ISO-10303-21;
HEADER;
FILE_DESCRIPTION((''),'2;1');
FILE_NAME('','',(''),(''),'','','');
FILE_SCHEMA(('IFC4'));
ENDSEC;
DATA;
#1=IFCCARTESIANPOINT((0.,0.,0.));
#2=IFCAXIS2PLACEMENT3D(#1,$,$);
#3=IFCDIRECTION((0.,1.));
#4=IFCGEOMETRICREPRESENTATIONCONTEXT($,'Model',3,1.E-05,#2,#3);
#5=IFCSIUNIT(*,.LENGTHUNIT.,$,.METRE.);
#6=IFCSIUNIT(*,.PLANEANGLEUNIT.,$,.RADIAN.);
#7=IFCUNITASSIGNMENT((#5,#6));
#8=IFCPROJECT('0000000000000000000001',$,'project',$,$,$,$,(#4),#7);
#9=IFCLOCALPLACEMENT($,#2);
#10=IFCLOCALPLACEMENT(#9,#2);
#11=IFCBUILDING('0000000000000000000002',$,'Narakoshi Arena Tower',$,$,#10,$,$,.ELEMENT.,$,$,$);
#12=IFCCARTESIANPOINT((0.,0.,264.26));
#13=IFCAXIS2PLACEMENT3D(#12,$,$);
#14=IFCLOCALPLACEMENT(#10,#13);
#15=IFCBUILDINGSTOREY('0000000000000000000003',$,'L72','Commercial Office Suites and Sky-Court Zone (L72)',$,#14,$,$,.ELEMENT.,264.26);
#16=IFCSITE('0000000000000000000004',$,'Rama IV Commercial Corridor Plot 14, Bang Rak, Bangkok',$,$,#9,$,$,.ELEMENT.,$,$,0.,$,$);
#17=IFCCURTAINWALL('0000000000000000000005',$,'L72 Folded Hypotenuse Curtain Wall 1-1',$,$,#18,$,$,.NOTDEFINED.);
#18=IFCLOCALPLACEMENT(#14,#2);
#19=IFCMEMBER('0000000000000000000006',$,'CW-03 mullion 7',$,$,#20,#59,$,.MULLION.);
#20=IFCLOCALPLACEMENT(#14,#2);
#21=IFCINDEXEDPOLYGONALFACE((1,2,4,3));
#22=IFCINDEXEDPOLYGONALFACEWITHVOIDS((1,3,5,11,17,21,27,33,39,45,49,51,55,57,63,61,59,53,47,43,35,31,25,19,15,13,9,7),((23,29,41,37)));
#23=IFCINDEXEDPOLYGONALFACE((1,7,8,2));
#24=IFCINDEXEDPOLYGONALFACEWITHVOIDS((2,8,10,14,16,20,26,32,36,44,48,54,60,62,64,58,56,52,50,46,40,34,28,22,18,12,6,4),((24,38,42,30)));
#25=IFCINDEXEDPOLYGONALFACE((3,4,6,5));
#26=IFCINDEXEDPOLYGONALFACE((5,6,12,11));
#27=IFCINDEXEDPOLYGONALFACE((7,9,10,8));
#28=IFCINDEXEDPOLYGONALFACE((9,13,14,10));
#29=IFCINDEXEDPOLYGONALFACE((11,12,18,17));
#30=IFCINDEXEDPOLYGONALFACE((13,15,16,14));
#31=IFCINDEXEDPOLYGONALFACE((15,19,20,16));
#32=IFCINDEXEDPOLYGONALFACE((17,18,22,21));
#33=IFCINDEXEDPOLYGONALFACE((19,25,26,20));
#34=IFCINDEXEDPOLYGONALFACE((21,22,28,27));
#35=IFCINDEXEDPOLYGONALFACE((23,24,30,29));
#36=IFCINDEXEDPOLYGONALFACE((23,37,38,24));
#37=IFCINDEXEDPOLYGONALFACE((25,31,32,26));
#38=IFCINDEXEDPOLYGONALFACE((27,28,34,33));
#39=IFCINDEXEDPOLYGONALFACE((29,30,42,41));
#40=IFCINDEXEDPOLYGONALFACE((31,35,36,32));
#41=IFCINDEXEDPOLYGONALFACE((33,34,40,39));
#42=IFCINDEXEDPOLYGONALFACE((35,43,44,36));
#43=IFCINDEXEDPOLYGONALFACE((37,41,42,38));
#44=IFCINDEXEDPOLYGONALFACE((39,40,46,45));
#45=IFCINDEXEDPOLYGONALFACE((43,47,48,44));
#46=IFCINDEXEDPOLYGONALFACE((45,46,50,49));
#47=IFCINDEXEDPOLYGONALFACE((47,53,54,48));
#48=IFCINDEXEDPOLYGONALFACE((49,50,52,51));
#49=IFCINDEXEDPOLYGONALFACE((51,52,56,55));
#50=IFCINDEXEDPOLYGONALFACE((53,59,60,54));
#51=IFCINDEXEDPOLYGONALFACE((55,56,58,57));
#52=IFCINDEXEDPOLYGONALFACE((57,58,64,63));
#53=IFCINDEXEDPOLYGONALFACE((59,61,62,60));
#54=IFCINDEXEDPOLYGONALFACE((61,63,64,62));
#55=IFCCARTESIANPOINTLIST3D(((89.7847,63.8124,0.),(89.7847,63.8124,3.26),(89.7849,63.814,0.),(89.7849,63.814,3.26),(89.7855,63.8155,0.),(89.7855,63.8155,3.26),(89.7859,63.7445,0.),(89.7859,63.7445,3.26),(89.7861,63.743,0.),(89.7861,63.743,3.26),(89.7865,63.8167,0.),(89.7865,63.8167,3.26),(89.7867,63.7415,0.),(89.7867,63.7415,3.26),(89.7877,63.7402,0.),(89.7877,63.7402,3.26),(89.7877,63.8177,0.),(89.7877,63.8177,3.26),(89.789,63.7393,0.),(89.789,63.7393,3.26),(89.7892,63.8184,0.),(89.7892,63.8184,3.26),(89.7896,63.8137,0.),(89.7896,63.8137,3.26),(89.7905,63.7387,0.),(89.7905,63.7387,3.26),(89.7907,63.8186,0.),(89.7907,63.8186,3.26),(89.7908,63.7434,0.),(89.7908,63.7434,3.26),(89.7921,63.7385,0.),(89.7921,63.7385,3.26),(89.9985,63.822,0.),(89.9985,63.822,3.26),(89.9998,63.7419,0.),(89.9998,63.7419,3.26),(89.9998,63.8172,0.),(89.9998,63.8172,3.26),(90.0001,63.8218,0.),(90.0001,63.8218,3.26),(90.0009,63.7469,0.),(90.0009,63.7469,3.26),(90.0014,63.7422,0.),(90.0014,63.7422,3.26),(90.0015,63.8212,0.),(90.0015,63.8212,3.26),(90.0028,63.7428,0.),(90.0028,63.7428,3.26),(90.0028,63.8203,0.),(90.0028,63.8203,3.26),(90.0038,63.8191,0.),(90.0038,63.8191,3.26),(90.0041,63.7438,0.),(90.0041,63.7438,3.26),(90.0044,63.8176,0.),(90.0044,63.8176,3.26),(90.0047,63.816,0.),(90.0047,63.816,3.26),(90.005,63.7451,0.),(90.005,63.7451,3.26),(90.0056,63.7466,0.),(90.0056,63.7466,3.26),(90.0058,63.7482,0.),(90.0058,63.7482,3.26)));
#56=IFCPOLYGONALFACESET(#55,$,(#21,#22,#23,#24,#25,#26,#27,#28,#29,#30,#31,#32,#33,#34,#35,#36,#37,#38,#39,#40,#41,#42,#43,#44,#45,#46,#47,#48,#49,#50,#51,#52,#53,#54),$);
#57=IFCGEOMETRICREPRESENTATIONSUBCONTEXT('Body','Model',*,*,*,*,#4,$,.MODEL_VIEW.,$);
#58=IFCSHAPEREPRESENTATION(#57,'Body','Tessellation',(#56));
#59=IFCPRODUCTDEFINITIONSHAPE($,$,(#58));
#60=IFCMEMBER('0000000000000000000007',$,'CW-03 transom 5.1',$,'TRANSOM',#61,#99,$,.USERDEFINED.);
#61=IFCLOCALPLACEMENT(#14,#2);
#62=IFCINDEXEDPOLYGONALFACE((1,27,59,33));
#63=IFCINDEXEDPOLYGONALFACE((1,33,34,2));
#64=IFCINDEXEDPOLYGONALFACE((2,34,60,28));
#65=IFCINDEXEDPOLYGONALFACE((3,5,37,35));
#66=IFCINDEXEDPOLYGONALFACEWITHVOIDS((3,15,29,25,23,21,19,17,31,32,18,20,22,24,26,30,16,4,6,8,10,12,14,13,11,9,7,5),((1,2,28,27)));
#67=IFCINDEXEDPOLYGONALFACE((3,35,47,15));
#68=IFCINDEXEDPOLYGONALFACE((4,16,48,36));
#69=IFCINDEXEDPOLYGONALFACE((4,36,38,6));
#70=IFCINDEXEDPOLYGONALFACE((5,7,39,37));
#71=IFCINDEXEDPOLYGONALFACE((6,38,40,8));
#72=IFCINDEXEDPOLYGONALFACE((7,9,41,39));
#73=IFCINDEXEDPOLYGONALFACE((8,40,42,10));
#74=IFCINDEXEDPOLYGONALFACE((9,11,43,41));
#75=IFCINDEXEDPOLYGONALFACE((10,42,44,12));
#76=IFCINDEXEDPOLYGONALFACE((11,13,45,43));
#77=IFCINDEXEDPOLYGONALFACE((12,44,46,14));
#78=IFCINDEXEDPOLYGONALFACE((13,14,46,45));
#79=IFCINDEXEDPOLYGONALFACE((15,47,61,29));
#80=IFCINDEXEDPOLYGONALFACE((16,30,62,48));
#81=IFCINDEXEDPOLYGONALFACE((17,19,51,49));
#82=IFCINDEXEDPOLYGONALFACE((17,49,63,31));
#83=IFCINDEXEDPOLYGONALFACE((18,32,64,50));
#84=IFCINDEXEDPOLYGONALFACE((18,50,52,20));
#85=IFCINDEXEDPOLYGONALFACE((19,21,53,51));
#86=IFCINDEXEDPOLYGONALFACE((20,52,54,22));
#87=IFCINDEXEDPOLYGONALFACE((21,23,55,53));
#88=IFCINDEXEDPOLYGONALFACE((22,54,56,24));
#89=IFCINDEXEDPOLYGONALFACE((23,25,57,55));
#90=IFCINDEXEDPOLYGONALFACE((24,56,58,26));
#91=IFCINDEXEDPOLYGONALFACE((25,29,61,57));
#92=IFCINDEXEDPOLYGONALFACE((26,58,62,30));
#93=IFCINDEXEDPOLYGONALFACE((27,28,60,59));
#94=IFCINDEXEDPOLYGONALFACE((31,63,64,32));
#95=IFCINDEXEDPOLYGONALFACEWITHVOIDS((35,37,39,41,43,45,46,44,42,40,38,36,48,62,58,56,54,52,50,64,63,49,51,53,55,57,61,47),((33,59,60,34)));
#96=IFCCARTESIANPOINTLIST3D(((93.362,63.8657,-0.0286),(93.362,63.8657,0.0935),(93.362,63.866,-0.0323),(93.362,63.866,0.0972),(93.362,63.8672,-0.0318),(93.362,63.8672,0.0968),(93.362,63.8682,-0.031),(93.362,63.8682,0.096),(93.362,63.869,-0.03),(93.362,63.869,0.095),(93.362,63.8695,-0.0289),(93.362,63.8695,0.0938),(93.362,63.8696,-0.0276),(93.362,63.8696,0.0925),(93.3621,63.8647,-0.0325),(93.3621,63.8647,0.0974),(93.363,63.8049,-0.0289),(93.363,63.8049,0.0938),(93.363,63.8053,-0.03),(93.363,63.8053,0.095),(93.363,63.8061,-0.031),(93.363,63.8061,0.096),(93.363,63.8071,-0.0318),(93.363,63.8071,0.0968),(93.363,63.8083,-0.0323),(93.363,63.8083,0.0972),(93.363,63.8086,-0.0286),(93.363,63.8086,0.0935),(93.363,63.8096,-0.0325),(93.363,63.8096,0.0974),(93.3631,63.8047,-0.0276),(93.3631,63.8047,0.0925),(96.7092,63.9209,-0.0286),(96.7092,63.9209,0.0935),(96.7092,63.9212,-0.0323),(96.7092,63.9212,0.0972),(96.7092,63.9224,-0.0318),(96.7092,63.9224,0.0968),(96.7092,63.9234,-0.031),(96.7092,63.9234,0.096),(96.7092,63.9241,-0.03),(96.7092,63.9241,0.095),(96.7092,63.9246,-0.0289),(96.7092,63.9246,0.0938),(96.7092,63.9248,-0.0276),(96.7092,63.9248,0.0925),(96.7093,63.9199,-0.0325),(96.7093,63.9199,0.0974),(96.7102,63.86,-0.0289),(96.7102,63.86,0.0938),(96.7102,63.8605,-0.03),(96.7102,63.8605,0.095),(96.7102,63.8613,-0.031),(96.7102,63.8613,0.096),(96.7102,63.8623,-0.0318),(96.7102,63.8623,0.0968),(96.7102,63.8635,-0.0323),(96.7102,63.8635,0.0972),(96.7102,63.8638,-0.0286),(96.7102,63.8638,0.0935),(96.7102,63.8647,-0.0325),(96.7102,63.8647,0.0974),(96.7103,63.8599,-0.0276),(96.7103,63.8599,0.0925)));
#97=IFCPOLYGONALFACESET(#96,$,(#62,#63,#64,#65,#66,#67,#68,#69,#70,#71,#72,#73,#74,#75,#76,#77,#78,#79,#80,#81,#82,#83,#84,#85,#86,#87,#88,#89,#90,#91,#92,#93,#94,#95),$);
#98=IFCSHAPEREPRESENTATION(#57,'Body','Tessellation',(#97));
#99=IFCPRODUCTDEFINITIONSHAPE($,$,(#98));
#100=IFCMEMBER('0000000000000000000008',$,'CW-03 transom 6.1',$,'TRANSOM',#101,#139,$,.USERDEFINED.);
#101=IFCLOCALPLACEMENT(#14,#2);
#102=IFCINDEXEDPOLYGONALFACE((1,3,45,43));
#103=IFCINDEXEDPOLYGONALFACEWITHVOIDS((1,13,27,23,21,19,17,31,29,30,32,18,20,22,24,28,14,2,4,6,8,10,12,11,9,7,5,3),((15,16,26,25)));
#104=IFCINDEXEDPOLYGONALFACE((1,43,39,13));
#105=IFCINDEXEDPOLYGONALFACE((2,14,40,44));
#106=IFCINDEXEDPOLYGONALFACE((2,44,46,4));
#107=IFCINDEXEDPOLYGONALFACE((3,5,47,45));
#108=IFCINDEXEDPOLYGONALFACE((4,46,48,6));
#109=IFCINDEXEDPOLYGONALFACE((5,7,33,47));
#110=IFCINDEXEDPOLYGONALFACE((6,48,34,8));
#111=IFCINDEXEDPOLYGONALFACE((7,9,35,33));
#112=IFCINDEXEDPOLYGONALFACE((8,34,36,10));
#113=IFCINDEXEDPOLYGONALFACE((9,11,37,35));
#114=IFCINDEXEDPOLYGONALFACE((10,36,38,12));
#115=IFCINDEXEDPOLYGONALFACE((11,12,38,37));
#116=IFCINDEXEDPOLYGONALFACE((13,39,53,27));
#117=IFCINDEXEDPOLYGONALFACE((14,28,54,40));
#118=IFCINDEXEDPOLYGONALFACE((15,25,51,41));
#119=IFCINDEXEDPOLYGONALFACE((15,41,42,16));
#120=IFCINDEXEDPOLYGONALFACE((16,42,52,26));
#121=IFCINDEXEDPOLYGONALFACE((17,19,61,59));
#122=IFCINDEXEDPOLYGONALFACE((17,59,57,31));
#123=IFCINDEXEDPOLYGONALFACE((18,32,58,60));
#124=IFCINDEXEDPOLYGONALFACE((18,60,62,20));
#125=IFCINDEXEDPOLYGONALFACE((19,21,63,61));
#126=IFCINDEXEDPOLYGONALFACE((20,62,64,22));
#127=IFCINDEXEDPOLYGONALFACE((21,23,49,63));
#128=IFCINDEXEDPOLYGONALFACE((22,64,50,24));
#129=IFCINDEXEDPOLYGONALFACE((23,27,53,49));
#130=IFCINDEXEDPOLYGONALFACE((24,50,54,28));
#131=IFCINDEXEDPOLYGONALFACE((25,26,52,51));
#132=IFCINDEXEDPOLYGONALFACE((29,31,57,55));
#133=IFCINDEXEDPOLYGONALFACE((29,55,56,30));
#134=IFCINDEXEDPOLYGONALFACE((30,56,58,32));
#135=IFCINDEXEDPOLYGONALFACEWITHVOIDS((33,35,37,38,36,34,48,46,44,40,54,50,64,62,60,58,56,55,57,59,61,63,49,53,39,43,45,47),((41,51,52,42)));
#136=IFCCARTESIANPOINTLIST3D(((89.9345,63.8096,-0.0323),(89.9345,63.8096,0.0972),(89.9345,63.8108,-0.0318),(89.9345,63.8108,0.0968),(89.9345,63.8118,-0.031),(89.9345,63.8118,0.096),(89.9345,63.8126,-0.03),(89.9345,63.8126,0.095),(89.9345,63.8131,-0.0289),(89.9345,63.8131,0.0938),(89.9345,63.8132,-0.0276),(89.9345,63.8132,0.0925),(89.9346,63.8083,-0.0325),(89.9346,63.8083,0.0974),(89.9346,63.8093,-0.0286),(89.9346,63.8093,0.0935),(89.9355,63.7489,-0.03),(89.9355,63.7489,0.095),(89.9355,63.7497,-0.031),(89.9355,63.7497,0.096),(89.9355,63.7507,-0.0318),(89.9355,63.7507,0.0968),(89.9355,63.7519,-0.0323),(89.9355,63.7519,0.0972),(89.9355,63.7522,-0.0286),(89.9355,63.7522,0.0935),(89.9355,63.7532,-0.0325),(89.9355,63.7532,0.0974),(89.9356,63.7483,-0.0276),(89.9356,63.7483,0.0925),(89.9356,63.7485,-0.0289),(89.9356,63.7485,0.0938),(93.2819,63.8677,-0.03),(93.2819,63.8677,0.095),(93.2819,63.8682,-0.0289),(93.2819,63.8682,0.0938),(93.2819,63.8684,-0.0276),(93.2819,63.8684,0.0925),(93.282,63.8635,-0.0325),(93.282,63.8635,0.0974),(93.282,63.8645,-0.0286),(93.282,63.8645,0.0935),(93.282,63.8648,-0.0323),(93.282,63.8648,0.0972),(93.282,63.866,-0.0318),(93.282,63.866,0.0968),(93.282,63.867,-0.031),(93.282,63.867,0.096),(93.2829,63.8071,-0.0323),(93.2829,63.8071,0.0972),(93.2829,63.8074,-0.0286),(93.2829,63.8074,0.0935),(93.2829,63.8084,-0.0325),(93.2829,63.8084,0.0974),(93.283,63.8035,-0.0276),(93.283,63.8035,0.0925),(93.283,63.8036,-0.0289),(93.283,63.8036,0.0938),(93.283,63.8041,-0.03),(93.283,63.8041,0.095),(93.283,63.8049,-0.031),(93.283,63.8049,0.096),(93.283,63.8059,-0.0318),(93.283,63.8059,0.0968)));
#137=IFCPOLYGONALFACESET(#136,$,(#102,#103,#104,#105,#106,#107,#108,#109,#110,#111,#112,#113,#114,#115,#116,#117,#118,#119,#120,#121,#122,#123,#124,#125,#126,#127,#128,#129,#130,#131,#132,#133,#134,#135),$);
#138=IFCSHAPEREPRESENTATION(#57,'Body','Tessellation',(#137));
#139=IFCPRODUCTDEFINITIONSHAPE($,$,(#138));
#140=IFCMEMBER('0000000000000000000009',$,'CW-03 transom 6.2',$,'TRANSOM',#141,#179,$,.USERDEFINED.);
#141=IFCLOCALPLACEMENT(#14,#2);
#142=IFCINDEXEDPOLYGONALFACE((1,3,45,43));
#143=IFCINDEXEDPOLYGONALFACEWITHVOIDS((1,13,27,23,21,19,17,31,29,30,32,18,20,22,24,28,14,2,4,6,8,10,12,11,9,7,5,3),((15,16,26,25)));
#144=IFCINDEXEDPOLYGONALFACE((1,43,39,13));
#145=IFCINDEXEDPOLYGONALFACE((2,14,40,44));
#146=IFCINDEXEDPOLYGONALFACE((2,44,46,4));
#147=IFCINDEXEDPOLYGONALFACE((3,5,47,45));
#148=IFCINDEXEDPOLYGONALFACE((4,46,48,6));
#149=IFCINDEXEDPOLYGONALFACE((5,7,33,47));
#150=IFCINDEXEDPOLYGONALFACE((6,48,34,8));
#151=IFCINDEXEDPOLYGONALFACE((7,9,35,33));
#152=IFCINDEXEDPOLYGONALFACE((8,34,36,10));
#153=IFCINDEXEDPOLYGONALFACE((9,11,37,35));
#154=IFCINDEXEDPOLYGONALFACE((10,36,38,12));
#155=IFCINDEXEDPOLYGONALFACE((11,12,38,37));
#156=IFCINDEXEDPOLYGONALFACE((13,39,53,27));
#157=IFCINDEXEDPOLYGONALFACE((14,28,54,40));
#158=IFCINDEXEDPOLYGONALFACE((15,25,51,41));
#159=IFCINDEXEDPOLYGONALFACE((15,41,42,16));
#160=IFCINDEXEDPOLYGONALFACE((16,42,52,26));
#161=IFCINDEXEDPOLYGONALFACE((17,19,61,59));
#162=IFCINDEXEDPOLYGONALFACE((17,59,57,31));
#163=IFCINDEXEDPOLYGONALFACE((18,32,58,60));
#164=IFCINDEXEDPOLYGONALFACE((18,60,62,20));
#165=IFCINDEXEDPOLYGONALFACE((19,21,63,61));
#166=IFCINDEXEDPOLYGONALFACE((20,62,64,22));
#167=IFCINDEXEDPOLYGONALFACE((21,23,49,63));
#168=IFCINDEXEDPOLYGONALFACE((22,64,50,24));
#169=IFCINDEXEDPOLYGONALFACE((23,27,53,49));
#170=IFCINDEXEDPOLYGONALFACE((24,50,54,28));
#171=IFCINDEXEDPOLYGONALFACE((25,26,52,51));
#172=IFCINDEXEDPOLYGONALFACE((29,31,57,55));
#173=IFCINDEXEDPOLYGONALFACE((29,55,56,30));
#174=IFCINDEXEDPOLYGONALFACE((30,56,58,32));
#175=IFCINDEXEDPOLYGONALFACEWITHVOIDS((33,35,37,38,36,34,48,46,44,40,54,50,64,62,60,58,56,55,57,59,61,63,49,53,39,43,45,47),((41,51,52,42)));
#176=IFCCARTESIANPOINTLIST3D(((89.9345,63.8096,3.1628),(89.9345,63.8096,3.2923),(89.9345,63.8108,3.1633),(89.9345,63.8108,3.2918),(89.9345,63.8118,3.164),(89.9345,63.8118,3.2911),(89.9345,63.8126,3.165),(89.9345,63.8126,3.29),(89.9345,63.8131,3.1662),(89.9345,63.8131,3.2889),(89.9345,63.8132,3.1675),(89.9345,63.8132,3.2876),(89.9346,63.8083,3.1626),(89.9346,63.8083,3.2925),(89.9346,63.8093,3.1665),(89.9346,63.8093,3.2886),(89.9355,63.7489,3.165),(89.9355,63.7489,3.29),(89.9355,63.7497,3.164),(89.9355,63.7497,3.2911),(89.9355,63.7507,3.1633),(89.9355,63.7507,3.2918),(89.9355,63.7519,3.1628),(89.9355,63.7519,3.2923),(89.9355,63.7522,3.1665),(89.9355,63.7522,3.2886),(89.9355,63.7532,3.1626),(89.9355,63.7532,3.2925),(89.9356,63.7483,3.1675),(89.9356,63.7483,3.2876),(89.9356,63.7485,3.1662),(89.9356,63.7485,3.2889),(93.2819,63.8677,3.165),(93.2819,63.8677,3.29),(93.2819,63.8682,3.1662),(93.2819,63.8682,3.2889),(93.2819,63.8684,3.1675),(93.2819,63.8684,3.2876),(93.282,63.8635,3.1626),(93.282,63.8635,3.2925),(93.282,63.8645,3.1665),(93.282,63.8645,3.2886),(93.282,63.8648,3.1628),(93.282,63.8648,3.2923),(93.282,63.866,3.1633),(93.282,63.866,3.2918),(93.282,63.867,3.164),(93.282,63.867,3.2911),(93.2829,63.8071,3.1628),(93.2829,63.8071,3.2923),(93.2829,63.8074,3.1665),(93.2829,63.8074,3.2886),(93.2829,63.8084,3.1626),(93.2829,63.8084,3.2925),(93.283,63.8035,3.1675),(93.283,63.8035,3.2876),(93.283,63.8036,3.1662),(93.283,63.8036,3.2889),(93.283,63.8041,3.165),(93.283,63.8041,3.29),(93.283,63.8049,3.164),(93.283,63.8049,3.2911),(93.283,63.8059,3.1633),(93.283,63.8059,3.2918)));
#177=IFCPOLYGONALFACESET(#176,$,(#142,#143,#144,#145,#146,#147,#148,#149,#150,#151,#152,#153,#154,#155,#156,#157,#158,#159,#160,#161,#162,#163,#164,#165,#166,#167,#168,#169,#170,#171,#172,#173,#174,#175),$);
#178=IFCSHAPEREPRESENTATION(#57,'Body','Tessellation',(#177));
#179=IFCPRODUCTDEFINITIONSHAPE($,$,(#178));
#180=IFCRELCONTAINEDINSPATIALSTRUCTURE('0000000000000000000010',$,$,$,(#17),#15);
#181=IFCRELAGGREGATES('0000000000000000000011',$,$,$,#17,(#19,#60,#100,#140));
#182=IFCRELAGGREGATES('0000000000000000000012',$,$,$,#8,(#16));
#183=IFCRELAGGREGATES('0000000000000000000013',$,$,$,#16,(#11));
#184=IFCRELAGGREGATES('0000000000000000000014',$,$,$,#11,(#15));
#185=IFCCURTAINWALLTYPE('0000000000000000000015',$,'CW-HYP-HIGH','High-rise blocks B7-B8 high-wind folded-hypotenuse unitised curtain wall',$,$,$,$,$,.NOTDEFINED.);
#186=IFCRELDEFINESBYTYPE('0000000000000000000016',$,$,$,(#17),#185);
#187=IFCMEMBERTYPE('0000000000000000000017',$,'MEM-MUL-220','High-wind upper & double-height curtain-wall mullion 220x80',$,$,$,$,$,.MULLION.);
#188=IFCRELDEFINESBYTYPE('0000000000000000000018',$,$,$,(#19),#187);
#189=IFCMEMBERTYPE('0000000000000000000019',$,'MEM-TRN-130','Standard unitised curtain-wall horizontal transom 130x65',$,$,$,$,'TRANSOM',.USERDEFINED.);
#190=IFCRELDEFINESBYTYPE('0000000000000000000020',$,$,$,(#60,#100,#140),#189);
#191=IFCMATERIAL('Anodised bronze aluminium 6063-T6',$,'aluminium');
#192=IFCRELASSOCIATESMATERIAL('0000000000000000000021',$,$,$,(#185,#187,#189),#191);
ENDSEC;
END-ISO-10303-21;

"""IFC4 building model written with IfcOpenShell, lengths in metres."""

from ifc_helpers import new_model, si_unit, direction, frame, origin, origin_2d, place, context, subcontext, project, spatial, hollow_rectangle, extrude, material, material_profile, profile_set, type_object, element, aggregate, save


model = new_model("IFC4")

# Units and contexts
model_context = context("Model", 3, precision=1e-05, world=origin(), true_north=direction((0.0, 1.0)))
body_context = subcontext(model_context, "Body", "Model", "MODEL_VIEW")
ifc_project = project(units=[si_unit("LENGTHUNIT", "METRE"), si_unit("PLANEANGLEUNIT", "RADIAN")], contexts=[model_context])

# Site, building, storey
site_placement = place(None, origin())
site = spatial("IfcSite", under=ifc_project, at=site_placement, Name="Rama IV Commercial Corridor Plot 14, Bang Rak, Bangkok", CompositionType="ELEMENT", RefElevation=0.0)
building_placement = place(site_placement, origin())
building = spatial("IfcBuilding", under=site, at=building_placement, Name="Narakoshi Arena Tower", CompositionType="ELEMENT")
storey_placement = place(building_placement, frame((0.0, 0.0, 264.26)))
storey = spatial("IfcBuildingStorey", under=building, at=storey_placement, Name="L72", Description="Commercial Office Suites and Sky-Court Zone (L72)", CompositionType="ELEMENT", Elevation=264.26)

# Curtain wall, members
ifc_material_1 = material(Name="Anodised bronze aluminium 6063-T6", Category="aluminium")
curtain_wall_type = type_object("IfcCurtainWallType", Name="CW-HYP-HIGH", Description="High-rise blocks B7-B8 high-wind folded-hypotenuse unitised curtain wall", PredefinedType="NOTDEFINED", material=ifc_material_1)
curtain_wall_placement = place(storey_placement, origin())
curtain_wall = element("IfcCurtainWall", 1, at=curtain_wall_placement, inside=storey, type_object=curtain_wall_type, Name="L72 Folded Hypotenuse Curtain Wall 1-1", PredefinedType="NOTDEFINED")
ifc_material_profile_1 = material_profile(ifc_material_1, hollow_rectangle(XDim=0.0801, YDim=0.22, WallThickness=0.0049, OuterFilletRadius=0.0061, at=origin_2d()), Name="MUL220x80x5")
ifc_profile_set_1 = profile_set([ifc_material_profile_1], Name="Anodised bronze aluminium 6063-T6")
member_type_1 = type_object("IfcMemberType", Name="MEM-MUL-220", Description="High-wind upper & double-height curtain-wall mullion 220x80", PredefinedType="MULLION", material=ifc_profile_set_1)
member_1_placement = place(storey_placement, frame((89.8953, 63.7803, 0.0), z_axis=(0.0, 0.0, 1.0), x_axis=(0.016443, -0.999865, 0.0)))
member_1 = element("IfcMember", 2, at=member_1_placement, type_object=member_type_1, Name="CW-03 mullion 7", PredefinedType="MULLION", context=body_context, shape_type="SweptSolid", body=[
    extrude(hollow_rectangle(XDim=0.0801, YDim=0.22, WallThickness=0.0049, OuterFilletRadius=0.0061, at=origin_2d()), origin(), (0.0, 0.0, 1.0), 3.26),
])
ifc_material_profile_2 = material_profile(ifc_material_1, hollow_rectangle(XDim=0.0649, YDim=0.1299, WallThickness=0.0039, OuterFilletRadius=0.0049, at=origin_2d()), Name="TRN130x65x4")
ifc_profile_set_2 = profile_set([ifc_material_profile_2], Name="Anodised bronze aluminium 6063-T6")
member_type_2 = type_object("IfcMemberType", Name="MEM-TRN-130", Description="Standard unitised curtain-wall horizontal transom 130x65", ElementType="TRANSOM", PredefinedType="USERDEFINED", material=ifc_profile_set_2)
member_2_placement = place(storey_placement, frame((96.7097, 63.8923, 0.0325), z_axis=(-0.999864, -0.016482, 0.0), x_axis=(0.016482, -0.999864, 0.0)))
member_2 = element("IfcMember", 3, at=member_2_placement, type_object=member_type_2, Name="CW-03 transom 5.1", ObjectType="TRANSOM", PredefinedType="USERDEFINED", context=body_context, shape_type="SweptSolid", body=[
    extrude(hollow_rectangle(XDim=0.0649, YDim=0.1299, WallThickness=0.0039, OuterFilletRadius=0.0049, at=origin_2d()), origin(), (0.0, 0.0, 1.0), 3.3477),
])
member_3_placement = place(storey_placement, frame((93.2825, 63.8359, 0.0325), z_axis=(-0.999864, -0.016481, 0.0), x_axis=(0.016481, -0.999864, 0.0)))
member_3 = element("IfcMember", 4, at=member_3_placement, type_object=member_type_2, Name="CW-03 transom 6.1", ObjectType="TRANSOM", PredefinedType="USERDEFINED", context=body_context, shape_type="SweptSolid", body=[
    extrude(hollow_rectangle(XDim=0.0649, YDim=0.1299, WallThickness=0.0039, OuterFilletRadius=0.0049, at=origin_2d()), origin(), (0.0, 0.0, 1.0), 3.3479),
])
member_4_placement = place(storey_placement, frame((93.2825, 63.8359, 3.2275), z_axis=(-0.999864, -0.016481, 0.0), x_axis=(0.016481, -0.999864, 0.0)))
member_4 = element("IfcMember", 5, at=member_4_placement, type_object=member_type_2, Name="CW-03 transom 6.2", ObjectType="TRANSOM", PredefinedType="USERDEFINED", context=body_context, shape_type="SweptSolid", body=[
    extrude(hollow_rectangle(XDim=0.0649, YDim=0.1299, WallThickness=0.0039, OuterFilletRadius=0.0049, at=origin_2d()), origin(), (0.0, 0.0, 1.0), 3.3479),
])
aggregate(curtain_wall, [member_1, member_2, member_3, member_4])

save(model, "model.ifc")
